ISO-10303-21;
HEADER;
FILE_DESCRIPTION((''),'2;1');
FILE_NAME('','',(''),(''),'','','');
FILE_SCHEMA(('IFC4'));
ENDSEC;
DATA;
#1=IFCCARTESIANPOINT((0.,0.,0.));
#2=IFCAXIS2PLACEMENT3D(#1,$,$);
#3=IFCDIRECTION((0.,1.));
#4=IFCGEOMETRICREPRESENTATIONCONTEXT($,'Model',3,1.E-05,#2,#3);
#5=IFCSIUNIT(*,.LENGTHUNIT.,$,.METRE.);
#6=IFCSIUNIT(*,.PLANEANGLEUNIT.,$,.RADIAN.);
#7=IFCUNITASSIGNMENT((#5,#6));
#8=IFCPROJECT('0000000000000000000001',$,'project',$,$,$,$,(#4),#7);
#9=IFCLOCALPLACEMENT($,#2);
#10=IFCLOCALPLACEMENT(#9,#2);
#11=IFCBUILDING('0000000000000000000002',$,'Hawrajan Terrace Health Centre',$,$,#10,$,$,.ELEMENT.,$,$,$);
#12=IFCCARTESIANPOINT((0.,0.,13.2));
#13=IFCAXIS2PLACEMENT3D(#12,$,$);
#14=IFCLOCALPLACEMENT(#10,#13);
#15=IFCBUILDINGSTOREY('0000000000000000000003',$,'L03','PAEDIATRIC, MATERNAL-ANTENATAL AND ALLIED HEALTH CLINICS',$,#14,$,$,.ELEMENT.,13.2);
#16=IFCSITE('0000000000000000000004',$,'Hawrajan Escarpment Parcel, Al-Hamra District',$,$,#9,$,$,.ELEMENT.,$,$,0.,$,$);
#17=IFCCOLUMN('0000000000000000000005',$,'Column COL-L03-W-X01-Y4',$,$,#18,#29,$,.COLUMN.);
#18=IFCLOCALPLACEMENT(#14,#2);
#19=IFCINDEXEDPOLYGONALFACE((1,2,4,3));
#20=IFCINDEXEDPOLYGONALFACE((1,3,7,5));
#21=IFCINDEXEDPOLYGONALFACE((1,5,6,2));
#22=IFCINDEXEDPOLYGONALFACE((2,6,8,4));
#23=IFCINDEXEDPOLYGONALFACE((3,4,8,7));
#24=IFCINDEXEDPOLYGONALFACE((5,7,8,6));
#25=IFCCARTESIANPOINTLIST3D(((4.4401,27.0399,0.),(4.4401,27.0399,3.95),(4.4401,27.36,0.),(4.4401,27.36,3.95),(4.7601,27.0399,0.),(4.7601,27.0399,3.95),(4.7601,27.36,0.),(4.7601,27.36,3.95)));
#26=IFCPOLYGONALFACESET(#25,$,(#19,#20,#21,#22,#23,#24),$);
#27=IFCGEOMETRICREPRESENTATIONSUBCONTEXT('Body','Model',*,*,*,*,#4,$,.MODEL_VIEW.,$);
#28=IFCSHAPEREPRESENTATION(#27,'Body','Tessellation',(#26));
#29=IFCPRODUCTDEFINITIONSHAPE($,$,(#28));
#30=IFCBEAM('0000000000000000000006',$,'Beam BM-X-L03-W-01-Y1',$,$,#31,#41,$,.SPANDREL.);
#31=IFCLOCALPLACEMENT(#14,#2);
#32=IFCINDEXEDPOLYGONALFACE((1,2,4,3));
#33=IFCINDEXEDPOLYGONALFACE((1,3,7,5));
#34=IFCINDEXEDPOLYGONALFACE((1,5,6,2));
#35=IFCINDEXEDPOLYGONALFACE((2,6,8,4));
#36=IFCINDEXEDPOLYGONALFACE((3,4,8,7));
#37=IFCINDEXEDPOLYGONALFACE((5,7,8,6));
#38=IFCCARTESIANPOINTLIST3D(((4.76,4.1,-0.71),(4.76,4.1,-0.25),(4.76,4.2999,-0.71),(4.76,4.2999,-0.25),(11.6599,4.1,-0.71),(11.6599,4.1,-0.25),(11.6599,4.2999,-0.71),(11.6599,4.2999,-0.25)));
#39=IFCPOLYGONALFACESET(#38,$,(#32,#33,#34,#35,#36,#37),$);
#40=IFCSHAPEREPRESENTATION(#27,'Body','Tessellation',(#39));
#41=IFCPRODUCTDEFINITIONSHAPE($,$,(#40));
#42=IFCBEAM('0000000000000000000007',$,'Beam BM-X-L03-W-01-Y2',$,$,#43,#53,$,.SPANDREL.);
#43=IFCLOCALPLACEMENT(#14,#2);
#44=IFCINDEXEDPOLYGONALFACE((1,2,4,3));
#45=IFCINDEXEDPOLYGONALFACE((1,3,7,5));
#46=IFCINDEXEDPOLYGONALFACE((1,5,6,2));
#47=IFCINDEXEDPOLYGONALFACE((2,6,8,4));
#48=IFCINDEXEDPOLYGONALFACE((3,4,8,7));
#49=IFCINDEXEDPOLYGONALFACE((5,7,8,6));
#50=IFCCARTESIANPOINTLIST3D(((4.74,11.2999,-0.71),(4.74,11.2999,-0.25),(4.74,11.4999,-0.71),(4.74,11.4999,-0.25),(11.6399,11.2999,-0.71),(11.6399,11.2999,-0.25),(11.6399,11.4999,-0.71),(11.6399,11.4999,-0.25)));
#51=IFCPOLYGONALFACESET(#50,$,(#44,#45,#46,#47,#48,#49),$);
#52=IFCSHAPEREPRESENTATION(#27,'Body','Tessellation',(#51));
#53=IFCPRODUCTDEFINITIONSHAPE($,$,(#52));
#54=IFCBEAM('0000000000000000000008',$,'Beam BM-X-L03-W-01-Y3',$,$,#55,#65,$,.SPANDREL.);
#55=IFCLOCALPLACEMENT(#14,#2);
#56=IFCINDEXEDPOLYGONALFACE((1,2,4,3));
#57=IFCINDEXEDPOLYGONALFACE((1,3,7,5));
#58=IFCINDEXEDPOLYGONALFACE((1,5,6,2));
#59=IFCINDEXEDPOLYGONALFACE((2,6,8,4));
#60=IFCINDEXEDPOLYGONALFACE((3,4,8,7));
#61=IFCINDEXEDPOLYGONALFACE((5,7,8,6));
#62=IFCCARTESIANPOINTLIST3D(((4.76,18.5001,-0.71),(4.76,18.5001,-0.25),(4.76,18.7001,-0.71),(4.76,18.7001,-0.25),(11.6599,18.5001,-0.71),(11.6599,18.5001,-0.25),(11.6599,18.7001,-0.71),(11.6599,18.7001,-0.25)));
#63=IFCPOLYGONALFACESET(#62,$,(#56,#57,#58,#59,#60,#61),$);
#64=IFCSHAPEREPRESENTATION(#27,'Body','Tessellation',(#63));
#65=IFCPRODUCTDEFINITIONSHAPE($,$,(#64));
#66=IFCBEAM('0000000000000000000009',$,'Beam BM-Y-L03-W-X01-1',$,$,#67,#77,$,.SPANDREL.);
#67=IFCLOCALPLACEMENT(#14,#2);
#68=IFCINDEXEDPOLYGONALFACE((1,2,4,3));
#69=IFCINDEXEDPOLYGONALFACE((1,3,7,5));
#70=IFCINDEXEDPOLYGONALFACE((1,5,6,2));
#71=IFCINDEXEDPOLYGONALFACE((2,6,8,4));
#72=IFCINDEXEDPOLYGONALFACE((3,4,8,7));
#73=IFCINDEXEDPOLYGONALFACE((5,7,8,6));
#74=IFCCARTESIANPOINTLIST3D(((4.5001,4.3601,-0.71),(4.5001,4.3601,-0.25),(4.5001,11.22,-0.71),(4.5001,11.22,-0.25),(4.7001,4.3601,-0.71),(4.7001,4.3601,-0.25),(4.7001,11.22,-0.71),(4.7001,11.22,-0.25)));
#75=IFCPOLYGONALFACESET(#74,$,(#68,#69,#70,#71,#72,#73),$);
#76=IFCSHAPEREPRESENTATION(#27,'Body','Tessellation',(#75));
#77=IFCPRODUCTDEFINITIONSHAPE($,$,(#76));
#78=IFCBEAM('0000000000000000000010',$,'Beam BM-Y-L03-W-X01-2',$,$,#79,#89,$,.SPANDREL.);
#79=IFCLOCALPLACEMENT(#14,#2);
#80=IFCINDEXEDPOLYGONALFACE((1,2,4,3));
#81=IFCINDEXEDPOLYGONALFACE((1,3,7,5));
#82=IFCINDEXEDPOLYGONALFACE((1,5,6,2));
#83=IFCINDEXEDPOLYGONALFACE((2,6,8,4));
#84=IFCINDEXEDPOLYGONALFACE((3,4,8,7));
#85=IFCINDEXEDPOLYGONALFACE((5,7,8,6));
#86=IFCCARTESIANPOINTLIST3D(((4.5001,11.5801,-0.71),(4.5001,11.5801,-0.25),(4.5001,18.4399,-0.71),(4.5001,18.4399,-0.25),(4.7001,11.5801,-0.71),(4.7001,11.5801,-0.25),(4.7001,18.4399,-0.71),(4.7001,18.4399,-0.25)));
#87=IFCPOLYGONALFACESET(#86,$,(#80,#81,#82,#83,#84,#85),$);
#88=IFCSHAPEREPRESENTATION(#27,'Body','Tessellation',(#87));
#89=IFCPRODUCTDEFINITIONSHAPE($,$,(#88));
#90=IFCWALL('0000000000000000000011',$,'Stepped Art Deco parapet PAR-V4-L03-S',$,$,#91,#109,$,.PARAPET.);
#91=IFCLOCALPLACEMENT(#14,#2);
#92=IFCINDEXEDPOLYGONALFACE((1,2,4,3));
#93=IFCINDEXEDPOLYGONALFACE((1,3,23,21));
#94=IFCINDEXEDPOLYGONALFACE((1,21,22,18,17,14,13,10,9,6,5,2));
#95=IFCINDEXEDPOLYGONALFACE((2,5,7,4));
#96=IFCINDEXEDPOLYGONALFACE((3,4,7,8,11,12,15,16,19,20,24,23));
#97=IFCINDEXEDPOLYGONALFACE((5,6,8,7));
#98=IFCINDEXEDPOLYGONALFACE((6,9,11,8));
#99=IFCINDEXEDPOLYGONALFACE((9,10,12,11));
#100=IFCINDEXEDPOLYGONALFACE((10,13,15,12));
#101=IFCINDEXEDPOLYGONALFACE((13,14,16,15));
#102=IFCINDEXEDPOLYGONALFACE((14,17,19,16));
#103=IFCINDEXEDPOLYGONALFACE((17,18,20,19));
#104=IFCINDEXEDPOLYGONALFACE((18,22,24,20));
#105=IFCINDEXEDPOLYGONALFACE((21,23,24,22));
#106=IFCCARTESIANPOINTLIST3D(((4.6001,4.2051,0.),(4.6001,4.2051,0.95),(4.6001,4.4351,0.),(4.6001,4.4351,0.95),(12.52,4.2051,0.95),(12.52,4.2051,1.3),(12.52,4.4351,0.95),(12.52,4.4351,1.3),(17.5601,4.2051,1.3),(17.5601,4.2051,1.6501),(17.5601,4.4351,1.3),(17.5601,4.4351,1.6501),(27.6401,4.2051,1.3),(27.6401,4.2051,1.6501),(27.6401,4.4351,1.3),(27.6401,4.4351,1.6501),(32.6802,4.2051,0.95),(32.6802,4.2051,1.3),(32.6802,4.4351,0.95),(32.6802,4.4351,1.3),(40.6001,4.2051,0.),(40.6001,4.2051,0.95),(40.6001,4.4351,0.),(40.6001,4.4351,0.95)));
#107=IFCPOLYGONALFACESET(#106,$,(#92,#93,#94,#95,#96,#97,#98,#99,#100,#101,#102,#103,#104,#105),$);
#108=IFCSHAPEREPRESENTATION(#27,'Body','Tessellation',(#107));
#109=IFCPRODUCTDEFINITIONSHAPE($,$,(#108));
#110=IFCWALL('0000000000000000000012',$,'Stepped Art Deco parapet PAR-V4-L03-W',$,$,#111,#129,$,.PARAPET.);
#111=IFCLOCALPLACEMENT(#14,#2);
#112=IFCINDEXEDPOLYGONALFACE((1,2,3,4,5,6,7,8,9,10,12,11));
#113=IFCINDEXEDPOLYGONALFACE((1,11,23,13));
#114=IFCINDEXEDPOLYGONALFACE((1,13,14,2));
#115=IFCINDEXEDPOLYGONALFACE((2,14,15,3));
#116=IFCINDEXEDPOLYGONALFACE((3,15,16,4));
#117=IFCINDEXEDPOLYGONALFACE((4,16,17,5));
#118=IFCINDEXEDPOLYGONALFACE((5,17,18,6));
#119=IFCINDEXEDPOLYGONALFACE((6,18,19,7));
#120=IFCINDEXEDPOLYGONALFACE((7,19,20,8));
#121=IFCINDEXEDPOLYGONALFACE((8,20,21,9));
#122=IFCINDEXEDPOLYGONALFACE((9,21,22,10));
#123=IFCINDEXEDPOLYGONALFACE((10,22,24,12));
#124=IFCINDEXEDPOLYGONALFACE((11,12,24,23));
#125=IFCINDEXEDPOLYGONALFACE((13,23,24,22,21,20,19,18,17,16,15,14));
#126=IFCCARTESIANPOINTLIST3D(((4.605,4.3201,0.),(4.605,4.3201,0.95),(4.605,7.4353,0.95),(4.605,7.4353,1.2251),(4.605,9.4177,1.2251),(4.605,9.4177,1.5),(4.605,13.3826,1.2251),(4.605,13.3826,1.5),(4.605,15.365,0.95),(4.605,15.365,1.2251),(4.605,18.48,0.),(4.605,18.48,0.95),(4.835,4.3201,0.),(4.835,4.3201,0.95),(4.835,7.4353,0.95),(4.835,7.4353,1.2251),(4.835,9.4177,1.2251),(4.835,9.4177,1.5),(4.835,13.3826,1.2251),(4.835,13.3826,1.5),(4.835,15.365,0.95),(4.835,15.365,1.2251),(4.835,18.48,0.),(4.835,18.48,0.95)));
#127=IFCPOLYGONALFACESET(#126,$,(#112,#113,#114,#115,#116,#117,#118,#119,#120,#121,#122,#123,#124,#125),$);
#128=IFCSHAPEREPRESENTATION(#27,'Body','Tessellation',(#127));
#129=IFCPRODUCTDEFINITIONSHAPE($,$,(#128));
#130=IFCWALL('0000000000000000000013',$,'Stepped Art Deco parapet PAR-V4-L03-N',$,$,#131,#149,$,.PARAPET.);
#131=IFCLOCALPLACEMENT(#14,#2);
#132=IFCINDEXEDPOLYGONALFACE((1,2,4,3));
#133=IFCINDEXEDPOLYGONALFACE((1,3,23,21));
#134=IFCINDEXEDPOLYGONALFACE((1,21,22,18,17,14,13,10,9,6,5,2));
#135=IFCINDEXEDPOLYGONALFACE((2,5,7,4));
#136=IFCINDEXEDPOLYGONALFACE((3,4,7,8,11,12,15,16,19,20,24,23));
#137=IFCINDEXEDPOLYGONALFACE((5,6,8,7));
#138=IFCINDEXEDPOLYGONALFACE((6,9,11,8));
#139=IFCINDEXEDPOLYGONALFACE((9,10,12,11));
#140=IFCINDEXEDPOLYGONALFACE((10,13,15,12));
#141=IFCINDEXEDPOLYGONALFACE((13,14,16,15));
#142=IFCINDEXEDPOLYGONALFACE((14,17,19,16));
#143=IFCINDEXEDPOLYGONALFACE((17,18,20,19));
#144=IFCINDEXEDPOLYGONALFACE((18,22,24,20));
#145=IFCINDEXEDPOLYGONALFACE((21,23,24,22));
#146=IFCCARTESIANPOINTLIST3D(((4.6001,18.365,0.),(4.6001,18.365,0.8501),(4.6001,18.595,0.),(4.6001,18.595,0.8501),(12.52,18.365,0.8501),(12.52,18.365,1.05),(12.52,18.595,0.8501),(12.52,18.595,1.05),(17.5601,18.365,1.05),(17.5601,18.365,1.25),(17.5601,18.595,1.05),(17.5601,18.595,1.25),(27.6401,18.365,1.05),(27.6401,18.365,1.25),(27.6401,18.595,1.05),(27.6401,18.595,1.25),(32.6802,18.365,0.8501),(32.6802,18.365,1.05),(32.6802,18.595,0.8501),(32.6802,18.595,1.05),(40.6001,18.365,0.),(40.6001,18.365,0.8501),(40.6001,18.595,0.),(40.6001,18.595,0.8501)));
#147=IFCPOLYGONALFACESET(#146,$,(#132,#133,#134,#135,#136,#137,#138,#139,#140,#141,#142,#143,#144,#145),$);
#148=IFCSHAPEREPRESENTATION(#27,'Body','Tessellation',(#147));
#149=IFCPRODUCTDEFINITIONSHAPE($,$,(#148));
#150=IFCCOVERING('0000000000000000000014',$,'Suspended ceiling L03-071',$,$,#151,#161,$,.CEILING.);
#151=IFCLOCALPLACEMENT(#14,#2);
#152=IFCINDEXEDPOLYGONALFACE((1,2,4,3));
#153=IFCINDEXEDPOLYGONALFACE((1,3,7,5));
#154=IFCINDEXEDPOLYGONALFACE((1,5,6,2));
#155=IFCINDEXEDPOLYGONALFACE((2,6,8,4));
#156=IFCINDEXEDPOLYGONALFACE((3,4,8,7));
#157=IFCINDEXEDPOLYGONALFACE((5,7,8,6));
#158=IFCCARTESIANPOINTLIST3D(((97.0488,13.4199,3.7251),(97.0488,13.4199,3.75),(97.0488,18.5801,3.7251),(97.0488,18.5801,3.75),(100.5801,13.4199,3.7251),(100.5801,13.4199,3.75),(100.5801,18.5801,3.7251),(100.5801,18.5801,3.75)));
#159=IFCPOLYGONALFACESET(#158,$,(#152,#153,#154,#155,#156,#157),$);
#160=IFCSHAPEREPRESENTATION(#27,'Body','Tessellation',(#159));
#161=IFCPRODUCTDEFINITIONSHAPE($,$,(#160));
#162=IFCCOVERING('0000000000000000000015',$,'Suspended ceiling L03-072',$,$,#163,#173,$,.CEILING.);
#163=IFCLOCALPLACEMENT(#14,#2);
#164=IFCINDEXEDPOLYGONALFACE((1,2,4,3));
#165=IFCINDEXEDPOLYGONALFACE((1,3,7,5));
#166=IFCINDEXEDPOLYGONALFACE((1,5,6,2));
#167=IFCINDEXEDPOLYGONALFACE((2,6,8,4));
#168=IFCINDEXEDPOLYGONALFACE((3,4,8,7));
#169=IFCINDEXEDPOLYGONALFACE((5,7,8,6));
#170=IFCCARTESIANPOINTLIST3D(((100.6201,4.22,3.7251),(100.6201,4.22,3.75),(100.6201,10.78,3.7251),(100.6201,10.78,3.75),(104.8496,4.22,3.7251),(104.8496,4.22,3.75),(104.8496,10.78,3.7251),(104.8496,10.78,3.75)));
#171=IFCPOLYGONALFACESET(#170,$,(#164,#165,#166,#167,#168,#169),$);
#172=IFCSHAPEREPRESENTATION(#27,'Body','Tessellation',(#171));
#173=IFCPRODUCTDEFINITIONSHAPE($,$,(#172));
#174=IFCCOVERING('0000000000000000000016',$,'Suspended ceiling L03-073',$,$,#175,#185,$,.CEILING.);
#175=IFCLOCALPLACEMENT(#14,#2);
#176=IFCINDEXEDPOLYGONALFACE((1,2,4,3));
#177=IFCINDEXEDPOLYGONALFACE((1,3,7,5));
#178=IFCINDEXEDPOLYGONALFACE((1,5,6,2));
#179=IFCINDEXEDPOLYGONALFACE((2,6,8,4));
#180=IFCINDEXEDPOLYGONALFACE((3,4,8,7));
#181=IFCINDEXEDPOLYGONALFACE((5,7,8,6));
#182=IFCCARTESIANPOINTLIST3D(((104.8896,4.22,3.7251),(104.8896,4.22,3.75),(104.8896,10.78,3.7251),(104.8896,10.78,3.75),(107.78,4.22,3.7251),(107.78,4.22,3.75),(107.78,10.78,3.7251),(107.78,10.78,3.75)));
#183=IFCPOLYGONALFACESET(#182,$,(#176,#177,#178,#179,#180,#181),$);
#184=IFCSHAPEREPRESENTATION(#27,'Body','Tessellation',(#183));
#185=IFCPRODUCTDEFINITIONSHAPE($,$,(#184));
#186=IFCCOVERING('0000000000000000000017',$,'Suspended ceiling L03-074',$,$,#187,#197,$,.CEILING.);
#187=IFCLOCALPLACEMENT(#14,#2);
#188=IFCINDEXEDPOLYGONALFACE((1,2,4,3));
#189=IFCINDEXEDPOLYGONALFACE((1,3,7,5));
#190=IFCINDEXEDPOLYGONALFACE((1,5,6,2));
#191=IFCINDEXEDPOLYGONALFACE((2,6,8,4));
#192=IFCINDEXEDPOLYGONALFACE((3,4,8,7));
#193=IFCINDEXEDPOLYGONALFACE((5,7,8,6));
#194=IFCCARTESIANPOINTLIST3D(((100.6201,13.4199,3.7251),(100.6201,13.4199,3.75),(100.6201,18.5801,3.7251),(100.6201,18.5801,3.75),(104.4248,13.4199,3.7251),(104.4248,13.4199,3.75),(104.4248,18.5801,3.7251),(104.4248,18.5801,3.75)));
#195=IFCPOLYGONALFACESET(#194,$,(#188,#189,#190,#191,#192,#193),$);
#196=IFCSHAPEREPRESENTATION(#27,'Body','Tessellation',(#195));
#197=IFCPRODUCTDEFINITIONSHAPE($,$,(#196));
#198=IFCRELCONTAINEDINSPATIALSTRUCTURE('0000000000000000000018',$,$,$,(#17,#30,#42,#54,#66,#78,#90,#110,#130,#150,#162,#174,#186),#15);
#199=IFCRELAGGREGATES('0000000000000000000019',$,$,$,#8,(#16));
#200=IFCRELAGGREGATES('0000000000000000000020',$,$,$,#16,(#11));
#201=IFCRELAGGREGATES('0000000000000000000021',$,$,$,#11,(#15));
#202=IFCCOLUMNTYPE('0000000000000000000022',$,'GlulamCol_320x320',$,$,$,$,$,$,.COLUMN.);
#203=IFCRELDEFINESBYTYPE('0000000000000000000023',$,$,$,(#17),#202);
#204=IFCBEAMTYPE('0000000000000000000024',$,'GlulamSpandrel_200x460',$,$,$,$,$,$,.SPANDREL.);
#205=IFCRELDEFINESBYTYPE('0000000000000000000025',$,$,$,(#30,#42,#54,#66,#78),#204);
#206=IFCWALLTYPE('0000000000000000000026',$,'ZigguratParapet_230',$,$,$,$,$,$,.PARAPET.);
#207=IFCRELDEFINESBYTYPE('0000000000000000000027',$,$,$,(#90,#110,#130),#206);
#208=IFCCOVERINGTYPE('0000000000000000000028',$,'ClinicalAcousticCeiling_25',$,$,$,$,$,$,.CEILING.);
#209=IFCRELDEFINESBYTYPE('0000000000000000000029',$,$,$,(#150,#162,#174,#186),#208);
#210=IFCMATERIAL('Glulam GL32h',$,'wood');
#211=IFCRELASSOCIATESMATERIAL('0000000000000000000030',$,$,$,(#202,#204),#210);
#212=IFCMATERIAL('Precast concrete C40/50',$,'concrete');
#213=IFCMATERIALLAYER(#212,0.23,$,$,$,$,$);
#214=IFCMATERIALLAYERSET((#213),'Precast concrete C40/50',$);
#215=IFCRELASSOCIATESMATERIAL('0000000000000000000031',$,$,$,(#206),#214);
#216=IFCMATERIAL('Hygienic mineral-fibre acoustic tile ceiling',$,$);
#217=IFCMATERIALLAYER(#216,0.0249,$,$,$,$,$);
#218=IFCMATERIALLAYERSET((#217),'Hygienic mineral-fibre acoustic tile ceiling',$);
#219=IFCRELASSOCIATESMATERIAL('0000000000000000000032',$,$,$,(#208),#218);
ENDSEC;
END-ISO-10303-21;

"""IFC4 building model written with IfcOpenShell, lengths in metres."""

from ifc_helpers import new_model, si_unit, direction, frame, origin, origin_2d, place, context, subcontext, project, spatial, polyline, rectangle, outline, extrude, material, layer, layer_set, material_profile, profile_set, type_object, element, save


model = new_model("IFC4")

# Units and contexts
model_context = context("Model", 3, precision=1e-05, world=origin(), true_north=direction((0.0, 1.0)))
body_context = subcontext(model_context, "Body", "Model", "MODEL_VIEW")
ifc_project = project(units=[si_unit("LENGTHUNIT", "METRE"), si_unit("PLANEANGLEUNIT", "RADIAN")], contexts=[model_context])

# Site, building, storey
site_placement = place(None, origin())
site = spatial("IfcSite", under=ifc_project, at=site_placement, Name="Hawrajan Escarpment Parcel, Al-Hamra District", CompositionType="ELEMENT", RefElevation=0.0)
building_placement = place(site_placement, origin())
building = spatial("IfcBuilding", under=site, at=building_placement, Name="Hawrajan Terrace Health Centre", CompositionType="ELEMENT")
storey_placement = place(building_placement, frame((0.0, 0.0, 13.2)))
storey = spatial("IfcBuildingStorey", under=building, at=storey_placement, Name="L03", Description="PAEDIATRIC, MATERNAL-ANTENATAL AND ALLIED HEALTH CLINICS", CompositionType="ELEMENT", Elevation=13.2)

# Column
ifc_material_1 = material(Name="Glulam GL32h", Category="wood")
ifc_material_profile_1 = material_profile(ifc_material_1, rectangle(XDim=0.3201, YDim=0.3201, at=origin_2d()), Name="GL 320x320")
ifc_profile_set_1 = profile_set([ifc_material_profile_1], Name="Glulam GL32h")
column_type = type_object("IfcColumnType", Name="GlulamCol_320x320", PredefinedType="COLUMN", material=ifc_profile_set_1)
column_placement = place(storey_placement, frame((4.6001, 27.2, 0.0), z_axis=(0.0, 0.0, 1.0), x_axis=(1.0, 0.0, 0.0)))
element("IfcColumn", 1, at=column_placement, inside=storey, type_object=column_type, Name="Column COL-L03-W-X01-Y4", PredefinedType="COLUMN", context=body_context, shape_type="SweptSolid", body=[
    extrude(rectangle(XDim=0.3201, YDim=0.3201, at=origin_2d()), origin(), (0.0, 0.0, 1.0), 3.95),
])

# Beams
ifc_material_profile_2 = material_profile(ifc_material_1, rectangle(XDim=0.2, YDim=0.46, at=origin_2d()), Name="GL SP 200x460")
ifc_profile_set_2 = profile_set([ifc_material_profile_2], Name="Glulam GL32h")
beam_type = type_object("IfcBeamType", Name="GlulamSpandrel_200x460", PredefinedType="SPANDREL", material=ifc_profile_set_2)
for number, where, z_axis, x_axis, name in (
    (2, (4.76, 4.2, -0.48), (1.0, 0.0, 0.0), (0.0, 1.0, 0.0), "Beam BM-X-L03-W-01-Y1"),
    (3, (4.74, 11.3999, -0.48), (1.0, 0.0, 0.0), (0.0, 1.0, 0.0), "Beam BM-X-L03-W-01-Y2"),
    (4, (4.76, 18.6001, -0.48), (1.0, 0.0, 0.0), (0.0, 1.0, 0.0), "Beam BM-X-L03-W-01-Y3"),
):
    element("IfcBeam", number, at=place(storey_placement, frame(where, z_axis=z_axis, x_axis=x_axis)), inside=storey, type_object=beam_type, Name=name, PredefinedType="SPANDREL", context=body_context, shape_type="SweptSolid", body=[
        extrude(rectangle(XDim=0.2, YDim=0.46, at=origin_2d()), origin(), (0.0, 0.0, 1.0), 6.8999),
    ])
for number, where, z_axis, x_axis, name in (
    (5, (4.6001, 4.3601, -0.48), (0.0, 1.0, 0.0), (-1.0, 0.0, 0.0), "Beam BM-Y-L03-W-X01-1"),
    (6, (4.6001, 11.5801, -0.48), (0.0, 1.0, 0.0), (-1.0, 0.0, 0.0), "Beam BM-Y-L03-W-X01-2"),
):
    element("IfcBeam", number, at=place(storey_placement, frame(where, z_axis=z_axis, x_axis=x_axis)), inside=storey, type_object=beam_type, Name=name, PredefinedType="SPANDREL", context=body_context, shape_type="SweptSolid", body=[
        extrude(rectangle(XDim=0.2, YDim=0.46, at=origin_2d()), origin(), (0.0, 0.0, 1.0), 6.8599),
    ])

# Walls
ifc_material_2 = material(Name="Precast concrete C40/50", Category="concrete")
ifc_layer_1 = layer(ifc_material_2, 0.23)
ifc_layer_set_1 = layer_set([ifc_layer_1], Name="Precast concrete C40/50")
wall_type = type_object("IfcWallType", Name="ZigguratParapet_230", PredefinedType="PARAPET", material=ifc_layer_set_1)
wall_1_placement = place(storey_placement, frame((4.6001, 4.3201, 0.0), z_axis=(0.0, 0.0, 1.0), x_axis=(1.0, 0.0, 0.0)))
element("IfcWall", 7, at=wall_1_placement, inside=storey, type_object=wall_type, Name="Stepped Art Deco parapet PAR-V4-L03-S", PredefinedType="PARAPET", context=body_context, shape_type="SweptSolid", body=[
    extrude(outline(polyline([(0.0, 0.0), (36.0, 0.0), (36.0, 0.95), (28.0801, 1.3), (28.0801, 0.95), (23.04, 1.6501), (23.04, 1.3), (12.96, 1.6501), (12.96, 1.3), (7.9199, 1.3), (7.9199, 0.95), (0.0, 0.95), (0.0, 0.0)])), frame((0.0, 0.115, 0.0), z_axis=(0.0, -1.0, 0.0), x_axis=(1.0, 0.0, 0.0)), (0.0, 0.0, 1.0), 0.23),
])
wall_2_placement = place(storey_placement, frame((4.72, 4.3201, 0.0), z_axis=(0.0, 0.0, 1.0), x_axis=(0.0, 1.0, 0.0)))
element("IfcWall", 8, at=wall_2_placement, inside=storey, type_object=wall_type, Name="Stepped Art Deco parapet PAR-V4-L03-W", PredefinedType="PARAPET", context=body_context, shape_type="SweptSolid", body=[
    extrude(outline(polyline([(0.0, 0.0), (14.1599, 0.0), (14.1599, 0.95), (11.0449, 1.2251), (11.0449, 0.95), (9.0625, 1.5), (9.0625, 1.2251), (5.0977, 1.5), (5.0977, 1.2251), (3.1152, 1.2251), (3.1152, 0.95), (0.0, 0.95), (0.0, 0.0)])), frame((0.0, 0.115, 0.0), z_axis=(0.0, -1.0, 0.0), x_axis=(1.0, 0.0, 0.0)), (0.0, 0.0, 1.0), 0.23),
])
wall_3_placement = place(storey_placement, frame((4.6001, 18.48, 0.0), z_axis=(0.0, 0.0, 1.0), x_axis=(1.0, 0.0, 0.0)))
element("IfcWall", 9, at=wall_3_placement, inside=storey, type_object=wall_type, Name="Stepped Art Deco parapet PAR-V4-L03-N", PredefinedType="PARAPET", context=body_context, shape_type="SweptSolid", body=[
    extrude(outline(polyline([(0.0, 0.0), (36.0, 0.0), (36.0, 0.8501), (28.0801, 1.05), (28.0801, 0.8501), (23.04, 1.25), (23.04, 1.05), (12.96, 1.25), (12.96, 1.05), (7.9199, 1.05), (7.9199, 0.8501), (0.0, 0.8501), (0.0, 0.0)])), frame((0.0, 0.115, 0.0), z_axis=(0.0, -1.0, 0.0), x_axis=(1.0, 0.0, 0.0)), (0.0, 0.0, 1.0), 0.23),
])

# Coverings
ifc_material_3 = material(Name="Hygienic mineral-fibre acoustic tile ceiling")
ifc_layer_2 = layer(ifc_material_3, 0.0249)
ifc_layer_set_2 = layer_set([ifc_layer_2], Name="Hygienic mineral-fibre acoustic tile ceiling")
covering_type_1 = type_object("IfcCoveringType", Name="ClinicalAcousticCeiling_25", PredefinedType="CEILING", material=ifc_layer_set_2)
covering_1_placement = place(storey_placement, frame((0.0, 0.0, 3.7251)))
element("IfcCovering", 10, at=covering_1_placement, inside=storey, type_object=covering_type_1, Name="Suspended ceiling L03-071", PredefinedType="CEILING", context=body_context, shape_type="SweptSolid", body=[
    extrude(outline(polyline([(97.0488, 18.5801), (100.5801, 18.5801), (100.5801, 13.4199), (97.0488, 13.4199), (97.0488, 18.5801)])), origin(), (0.0, 0.0, 1.0), 0.0249),
])
covering_2_placement = place(storey_placement, frame((0.0, 0.0, 3.7251)))
element("IfcCovering", 11, at=covering_2_placement, inside=storey, type_object=covering_type_1, Name="Suspended ceiling L03-072", PredefinedType="CEILING", context=body_context, shape_type="SweptSolid", body=[
    extrude(outline(polyline([(100.6201, 10.78), (104.8496, 10.78), (104.8496, 4.22), (100.6201, 4.22), (100.6201, 10.78)])), origin(), (0.0, 0.0, 1.0), 0.0249),
])
covering_3_placement = place(storey_placement, frame((0.0, 0.0, 3.7251)))
element("IfcCovering", 12, at=covering_3_placement, inside=storey, type_object=covering_type_1, Name="Suspended ceiling L03-073", PredefinedType="CEILING", context=body_context, shape_type="SweptSolid", body=[
    extrude(outline(polyline([(104.8896, 10.78), (107.78, 10.78), (107.78, 4.22), (104.8896, 4.22), (104.8896, 10.78)])), origin(), (0.0, 0.0, 1.0), 0.0249),
])
covering_4_placement = place(storey_placement, frame((0.0, 0.0, 3.7251)))
element("IfcCovering", 13, at=covering_4_placement, inside=storey, type_object=covering_type_1, Name="Suspended ceiling L03-074", PredefinedType="CEILING", context=body_context, shape_type="SweptSolid", body=[
    extrude(outline(polyline([(100.6201, 18.5801), (104.4248, 18.5801), (104.4248, 13.4199), (100.6201, 13.4199), (100.6201, 18.5801)])), origin(), (0.0, 0.0, 1.0), 0.0249),
])

save(model, "model.ifc")
